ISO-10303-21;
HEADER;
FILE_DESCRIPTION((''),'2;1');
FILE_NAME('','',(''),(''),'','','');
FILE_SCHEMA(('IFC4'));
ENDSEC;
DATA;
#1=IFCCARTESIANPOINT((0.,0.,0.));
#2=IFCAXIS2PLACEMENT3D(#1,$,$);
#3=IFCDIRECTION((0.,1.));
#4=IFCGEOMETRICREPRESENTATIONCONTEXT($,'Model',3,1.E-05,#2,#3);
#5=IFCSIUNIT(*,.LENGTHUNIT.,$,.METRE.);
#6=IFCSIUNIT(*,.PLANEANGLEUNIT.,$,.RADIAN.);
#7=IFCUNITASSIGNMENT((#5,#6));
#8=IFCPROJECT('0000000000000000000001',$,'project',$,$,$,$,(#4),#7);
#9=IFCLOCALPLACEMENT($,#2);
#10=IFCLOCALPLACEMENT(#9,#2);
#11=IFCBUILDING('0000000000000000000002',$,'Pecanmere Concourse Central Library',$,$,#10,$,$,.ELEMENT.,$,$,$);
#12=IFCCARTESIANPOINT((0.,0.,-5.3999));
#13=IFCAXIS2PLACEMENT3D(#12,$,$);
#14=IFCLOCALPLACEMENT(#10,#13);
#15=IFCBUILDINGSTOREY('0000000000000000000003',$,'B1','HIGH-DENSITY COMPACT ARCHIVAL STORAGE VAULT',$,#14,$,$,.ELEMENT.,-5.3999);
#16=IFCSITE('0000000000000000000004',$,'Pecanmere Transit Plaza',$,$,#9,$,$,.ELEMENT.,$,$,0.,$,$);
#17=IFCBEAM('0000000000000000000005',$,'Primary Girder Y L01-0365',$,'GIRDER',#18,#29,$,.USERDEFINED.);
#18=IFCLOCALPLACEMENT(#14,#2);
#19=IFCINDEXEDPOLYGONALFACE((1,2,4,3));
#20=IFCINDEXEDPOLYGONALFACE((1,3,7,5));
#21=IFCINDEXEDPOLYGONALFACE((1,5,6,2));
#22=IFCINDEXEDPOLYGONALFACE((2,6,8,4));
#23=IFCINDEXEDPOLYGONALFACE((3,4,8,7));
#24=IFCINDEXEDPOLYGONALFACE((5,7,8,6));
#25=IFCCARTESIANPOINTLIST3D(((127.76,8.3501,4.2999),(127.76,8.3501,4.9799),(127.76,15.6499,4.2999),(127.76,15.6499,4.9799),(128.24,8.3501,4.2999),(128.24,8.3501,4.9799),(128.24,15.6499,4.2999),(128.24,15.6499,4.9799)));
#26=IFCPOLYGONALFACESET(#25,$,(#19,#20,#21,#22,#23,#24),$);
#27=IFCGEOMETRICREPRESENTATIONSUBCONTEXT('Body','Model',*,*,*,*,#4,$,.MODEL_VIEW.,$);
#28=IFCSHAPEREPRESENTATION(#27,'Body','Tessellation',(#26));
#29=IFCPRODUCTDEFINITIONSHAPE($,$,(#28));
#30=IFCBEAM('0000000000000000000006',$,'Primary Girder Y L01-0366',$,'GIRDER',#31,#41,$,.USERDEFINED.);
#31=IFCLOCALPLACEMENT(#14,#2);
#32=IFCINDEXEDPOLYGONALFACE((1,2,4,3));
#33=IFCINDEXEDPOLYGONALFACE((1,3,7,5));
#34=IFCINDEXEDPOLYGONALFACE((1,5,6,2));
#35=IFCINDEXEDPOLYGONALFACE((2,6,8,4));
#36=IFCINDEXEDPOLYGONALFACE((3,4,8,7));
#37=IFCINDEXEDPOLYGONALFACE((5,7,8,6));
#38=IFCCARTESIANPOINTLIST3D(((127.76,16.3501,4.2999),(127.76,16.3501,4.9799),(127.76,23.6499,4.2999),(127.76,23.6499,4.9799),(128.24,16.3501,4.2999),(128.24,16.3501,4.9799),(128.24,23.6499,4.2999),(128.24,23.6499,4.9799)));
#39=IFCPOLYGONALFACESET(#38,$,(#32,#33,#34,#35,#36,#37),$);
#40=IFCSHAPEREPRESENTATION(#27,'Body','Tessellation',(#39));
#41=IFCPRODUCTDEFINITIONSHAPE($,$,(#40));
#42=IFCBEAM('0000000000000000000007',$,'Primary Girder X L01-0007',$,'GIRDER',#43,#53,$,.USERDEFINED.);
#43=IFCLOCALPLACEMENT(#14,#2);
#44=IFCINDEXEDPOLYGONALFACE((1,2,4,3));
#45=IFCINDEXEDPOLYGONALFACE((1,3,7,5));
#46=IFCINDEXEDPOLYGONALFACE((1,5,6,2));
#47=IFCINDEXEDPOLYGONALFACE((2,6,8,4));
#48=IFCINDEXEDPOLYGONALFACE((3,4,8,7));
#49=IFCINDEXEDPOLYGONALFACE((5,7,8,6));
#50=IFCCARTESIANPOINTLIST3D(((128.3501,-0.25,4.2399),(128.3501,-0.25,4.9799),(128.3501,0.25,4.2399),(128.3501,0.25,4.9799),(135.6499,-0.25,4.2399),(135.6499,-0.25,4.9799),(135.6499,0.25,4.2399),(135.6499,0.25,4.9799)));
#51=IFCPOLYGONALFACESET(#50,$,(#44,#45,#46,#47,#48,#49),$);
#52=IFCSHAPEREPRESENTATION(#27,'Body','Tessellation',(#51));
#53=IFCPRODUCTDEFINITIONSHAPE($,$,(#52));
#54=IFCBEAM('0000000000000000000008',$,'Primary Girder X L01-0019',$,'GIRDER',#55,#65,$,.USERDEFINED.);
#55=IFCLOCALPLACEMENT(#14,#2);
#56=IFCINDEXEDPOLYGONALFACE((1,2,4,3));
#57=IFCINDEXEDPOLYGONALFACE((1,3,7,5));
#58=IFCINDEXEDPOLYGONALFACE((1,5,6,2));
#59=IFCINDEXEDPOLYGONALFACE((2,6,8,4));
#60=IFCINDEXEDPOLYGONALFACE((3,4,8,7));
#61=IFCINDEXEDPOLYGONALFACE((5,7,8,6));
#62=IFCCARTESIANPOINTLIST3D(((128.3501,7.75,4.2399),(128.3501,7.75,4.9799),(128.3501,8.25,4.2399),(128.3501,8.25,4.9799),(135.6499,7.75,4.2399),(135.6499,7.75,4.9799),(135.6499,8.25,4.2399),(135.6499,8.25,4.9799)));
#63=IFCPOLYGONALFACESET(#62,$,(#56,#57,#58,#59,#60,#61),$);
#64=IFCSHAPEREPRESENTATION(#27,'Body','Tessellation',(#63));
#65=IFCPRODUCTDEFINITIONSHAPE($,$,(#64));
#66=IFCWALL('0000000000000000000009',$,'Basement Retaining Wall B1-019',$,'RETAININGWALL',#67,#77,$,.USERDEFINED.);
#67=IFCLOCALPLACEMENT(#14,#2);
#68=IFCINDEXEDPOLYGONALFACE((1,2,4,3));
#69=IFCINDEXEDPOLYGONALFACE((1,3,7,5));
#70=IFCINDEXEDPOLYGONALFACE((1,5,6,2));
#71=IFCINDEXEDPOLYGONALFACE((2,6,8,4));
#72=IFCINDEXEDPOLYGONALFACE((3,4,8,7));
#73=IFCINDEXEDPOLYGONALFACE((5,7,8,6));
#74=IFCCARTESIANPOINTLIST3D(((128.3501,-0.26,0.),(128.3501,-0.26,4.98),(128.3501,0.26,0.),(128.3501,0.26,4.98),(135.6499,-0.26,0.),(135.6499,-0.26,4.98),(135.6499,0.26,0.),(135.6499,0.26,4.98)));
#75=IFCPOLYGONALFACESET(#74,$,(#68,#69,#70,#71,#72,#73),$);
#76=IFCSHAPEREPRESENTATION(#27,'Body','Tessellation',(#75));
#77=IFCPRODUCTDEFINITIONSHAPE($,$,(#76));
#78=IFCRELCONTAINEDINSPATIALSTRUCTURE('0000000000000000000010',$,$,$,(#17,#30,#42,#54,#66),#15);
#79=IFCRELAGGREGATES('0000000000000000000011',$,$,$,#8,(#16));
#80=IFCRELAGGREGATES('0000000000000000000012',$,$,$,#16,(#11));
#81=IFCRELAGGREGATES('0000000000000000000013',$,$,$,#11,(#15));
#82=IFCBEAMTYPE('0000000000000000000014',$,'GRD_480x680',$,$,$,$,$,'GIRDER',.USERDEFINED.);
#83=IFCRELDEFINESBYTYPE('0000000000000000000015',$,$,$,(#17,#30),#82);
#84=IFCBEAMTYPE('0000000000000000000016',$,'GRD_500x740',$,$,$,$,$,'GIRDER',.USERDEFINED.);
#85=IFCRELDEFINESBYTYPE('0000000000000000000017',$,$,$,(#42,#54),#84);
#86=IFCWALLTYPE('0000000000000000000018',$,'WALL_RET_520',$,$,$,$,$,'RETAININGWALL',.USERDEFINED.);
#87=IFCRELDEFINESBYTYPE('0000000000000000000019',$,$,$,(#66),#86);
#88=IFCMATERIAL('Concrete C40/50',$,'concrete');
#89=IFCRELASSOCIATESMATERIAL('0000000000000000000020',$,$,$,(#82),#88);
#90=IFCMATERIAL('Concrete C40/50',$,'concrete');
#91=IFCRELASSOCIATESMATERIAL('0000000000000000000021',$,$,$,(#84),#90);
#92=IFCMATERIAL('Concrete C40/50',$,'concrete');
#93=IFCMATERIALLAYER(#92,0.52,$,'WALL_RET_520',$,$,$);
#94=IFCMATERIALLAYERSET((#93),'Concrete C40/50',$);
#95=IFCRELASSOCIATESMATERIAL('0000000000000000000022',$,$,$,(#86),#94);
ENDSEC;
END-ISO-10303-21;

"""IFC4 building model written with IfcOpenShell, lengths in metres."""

from ifc_helpers import new_model, si_unit, direction, frame, frame_2d, origin, origin_2d, place, context, subcontext, project, spatial, rectangle, extrude, material, layer, layer_set, material_profile, profile_set, type_object, element, save


model = new_model("IFC4")

# Units and contexts
model_context = context("Model", 3, precision=1e-05, world=origin(), true_north=direction((0.0, 1.0)))
body_context = subcontext(model_context, "Body", "Model", "MODEL_VIEW")
ifc_project = project(units=[si_unit("LENGTHUNIT", "METRE"), si_unit("PLANEANGLEUNIT", "RADIAN")], contexts=[model_context])

# Site, building, storey
site_placement = place(None, origin())
site = spatial("IfcSite", under=ifc_project, at=site_placement, Name="Pecanmere Transit Plaza", CompositionType="ELEMENT", RefElevation=0.0)
building_placement = place(site_placement, origin())
building = spatial("IfcBuilding", under=site, at=building_placement, Name="Pecanmere Concourse Central Library", CompositionType="ELEMENT")
storey_placement = place(building_placement, frame((0.0, 0.0, -5.3999)))
storey = spatial("IfcBuildingStorey", under=building, at=storey_placement, Name="B1", Description="HIGH-DENSITY COMPACT ARCHIVAL STORAGE VAULT", CompositionType="ELEMENT", Elevation=-5.3999)

# Beams
ifc_material_1 = material(Name="Concrete C40/50", Category="concrete")
ifc_material_profile_1 = material_profile(ifc_material_1, rectangle(XDim=0.48, YDim=0.6799, at=origin_2d()), Name="RC 480x680")
ifc_profile_set_1 = profile_set([ifc_material_profile_1], Name="Concrete C40/50")
beam_type_1 = type_object("IfcBeamType", Name="GRD_480x680", ElementType="GIRDER", PredefinedType="USERDEFINED", material=ifc_profile_set_1)
for number, where, z_axis, x_axis, name in (
    (1, (128.0, 8.3501, 4.6399), (0.0, 1.0, 0.0), (-1.0, 0.0, 0.0), "Primary Girder Y L01-0365"),
    (2, (128.0, 16.3501, 4.6399), (0.0, 1.0, 0.0), (-1.0, 0.0, 0.0), "Primary Girder Y L01-0366"),
):
    element("IfcBeam", number, at=place(storey_placement, frame(where, z_axis=z_axis, x_axis=x_axis)), inside=storey, type_object=beam_type_1, Name=name, ObjectType="GIRDER", PredefinedType="USERDEFINED", context=body_context, shape_type="SweptSolid", body=[
        extrude(rectangle(XDim=0.48, YDim=0.6799, at=origin_2d()), origin(), (0.0, 0.0, 1.0), 7.2998),
    ])
ifc_material_2 = material(Name="Concrete C40/50", Category="concrete")
ifc_material_profile_2 = material_profile(ifc_material_2, rectangle(XDim=0.5, YDim=0.74, at=origin_2d()), Name="RC 500x740")
ifc_profile_set_2 = profile_set([ifc_material_profile_2], Name="Concrete C40/50")
beam_type_2 = type_object("IfcBeamType", Name="GRD_500x740", ElementType="GIRDER", PredefinedType="USERDEFINED", material=ifc_profile_set_2)
for number, where, z_axis, x_axis, name in (
    (3, (128.3501, 0.0, 4.6099), (1.0, 0.0, 0.0), (0.0, 1.0, 0.0), "Primary Girder X L01-0007"),
    (4, (128.3501, 8.0, 4.6099), (1.0, 0.0, 0.0), (0.0, 1.0, 0.0), "Primary Girder X L01-0019"),
):
    element("IfcBeam", number, at=place(storey_placement, frame(where, z_axis=z_axis, x_axis=x_axis)), inside=storey, type_object=beam_type_2, Name=name, ObjectType="GIRDER", PredefinedType="USERDEFINED", context=body_context, shape_type="SweptSolid", body=[
        extrude(rectangle(XDim=0.5, YDim=0.74, at=origin_2d()), origin(), (0.0, 0.0, 1.0), 7.2998),
    ])

# Wall
ifc_material_3 = material(Name="Concrete C40/50", Category="concrete")
ifc_layer = layer(ifc_material_3, 0.52, Name="WALL_RET_520")
ifc_layer_set = layer_set([ifc_layer], Name="Concrete C40/50")
wall_type = type_object("IfcWallType", Name="WALL_RET_520", ElementType="RETAININGWALL", PredefinedType="USERDEFINED", material=ifc_layer_set)
wall_placement = place(storey_placement, frame((128.3501, 0.0, 0.0), z_axis=(0.0, 0.0, 1.0), x_axis=(1.0, 0.0, 0.0)))
element("IfcWall", 5, at=wall_placement, inside=storey, type_object=wall_type, Name="Basement Retaining Wall B1-019", ObjectType="RETAININGWALL", PredefinedType="USERDEFINED", context=body_context, shape_type="SweptSolid", body=[
    extrude(rectangle(XDim=7.2998, YDim=0.52, at=frame_2d((3.6499, 0.0))), origin(), (0.0, 0.0, 1.0), 4.98),
])

save(model, "model.ifc")
